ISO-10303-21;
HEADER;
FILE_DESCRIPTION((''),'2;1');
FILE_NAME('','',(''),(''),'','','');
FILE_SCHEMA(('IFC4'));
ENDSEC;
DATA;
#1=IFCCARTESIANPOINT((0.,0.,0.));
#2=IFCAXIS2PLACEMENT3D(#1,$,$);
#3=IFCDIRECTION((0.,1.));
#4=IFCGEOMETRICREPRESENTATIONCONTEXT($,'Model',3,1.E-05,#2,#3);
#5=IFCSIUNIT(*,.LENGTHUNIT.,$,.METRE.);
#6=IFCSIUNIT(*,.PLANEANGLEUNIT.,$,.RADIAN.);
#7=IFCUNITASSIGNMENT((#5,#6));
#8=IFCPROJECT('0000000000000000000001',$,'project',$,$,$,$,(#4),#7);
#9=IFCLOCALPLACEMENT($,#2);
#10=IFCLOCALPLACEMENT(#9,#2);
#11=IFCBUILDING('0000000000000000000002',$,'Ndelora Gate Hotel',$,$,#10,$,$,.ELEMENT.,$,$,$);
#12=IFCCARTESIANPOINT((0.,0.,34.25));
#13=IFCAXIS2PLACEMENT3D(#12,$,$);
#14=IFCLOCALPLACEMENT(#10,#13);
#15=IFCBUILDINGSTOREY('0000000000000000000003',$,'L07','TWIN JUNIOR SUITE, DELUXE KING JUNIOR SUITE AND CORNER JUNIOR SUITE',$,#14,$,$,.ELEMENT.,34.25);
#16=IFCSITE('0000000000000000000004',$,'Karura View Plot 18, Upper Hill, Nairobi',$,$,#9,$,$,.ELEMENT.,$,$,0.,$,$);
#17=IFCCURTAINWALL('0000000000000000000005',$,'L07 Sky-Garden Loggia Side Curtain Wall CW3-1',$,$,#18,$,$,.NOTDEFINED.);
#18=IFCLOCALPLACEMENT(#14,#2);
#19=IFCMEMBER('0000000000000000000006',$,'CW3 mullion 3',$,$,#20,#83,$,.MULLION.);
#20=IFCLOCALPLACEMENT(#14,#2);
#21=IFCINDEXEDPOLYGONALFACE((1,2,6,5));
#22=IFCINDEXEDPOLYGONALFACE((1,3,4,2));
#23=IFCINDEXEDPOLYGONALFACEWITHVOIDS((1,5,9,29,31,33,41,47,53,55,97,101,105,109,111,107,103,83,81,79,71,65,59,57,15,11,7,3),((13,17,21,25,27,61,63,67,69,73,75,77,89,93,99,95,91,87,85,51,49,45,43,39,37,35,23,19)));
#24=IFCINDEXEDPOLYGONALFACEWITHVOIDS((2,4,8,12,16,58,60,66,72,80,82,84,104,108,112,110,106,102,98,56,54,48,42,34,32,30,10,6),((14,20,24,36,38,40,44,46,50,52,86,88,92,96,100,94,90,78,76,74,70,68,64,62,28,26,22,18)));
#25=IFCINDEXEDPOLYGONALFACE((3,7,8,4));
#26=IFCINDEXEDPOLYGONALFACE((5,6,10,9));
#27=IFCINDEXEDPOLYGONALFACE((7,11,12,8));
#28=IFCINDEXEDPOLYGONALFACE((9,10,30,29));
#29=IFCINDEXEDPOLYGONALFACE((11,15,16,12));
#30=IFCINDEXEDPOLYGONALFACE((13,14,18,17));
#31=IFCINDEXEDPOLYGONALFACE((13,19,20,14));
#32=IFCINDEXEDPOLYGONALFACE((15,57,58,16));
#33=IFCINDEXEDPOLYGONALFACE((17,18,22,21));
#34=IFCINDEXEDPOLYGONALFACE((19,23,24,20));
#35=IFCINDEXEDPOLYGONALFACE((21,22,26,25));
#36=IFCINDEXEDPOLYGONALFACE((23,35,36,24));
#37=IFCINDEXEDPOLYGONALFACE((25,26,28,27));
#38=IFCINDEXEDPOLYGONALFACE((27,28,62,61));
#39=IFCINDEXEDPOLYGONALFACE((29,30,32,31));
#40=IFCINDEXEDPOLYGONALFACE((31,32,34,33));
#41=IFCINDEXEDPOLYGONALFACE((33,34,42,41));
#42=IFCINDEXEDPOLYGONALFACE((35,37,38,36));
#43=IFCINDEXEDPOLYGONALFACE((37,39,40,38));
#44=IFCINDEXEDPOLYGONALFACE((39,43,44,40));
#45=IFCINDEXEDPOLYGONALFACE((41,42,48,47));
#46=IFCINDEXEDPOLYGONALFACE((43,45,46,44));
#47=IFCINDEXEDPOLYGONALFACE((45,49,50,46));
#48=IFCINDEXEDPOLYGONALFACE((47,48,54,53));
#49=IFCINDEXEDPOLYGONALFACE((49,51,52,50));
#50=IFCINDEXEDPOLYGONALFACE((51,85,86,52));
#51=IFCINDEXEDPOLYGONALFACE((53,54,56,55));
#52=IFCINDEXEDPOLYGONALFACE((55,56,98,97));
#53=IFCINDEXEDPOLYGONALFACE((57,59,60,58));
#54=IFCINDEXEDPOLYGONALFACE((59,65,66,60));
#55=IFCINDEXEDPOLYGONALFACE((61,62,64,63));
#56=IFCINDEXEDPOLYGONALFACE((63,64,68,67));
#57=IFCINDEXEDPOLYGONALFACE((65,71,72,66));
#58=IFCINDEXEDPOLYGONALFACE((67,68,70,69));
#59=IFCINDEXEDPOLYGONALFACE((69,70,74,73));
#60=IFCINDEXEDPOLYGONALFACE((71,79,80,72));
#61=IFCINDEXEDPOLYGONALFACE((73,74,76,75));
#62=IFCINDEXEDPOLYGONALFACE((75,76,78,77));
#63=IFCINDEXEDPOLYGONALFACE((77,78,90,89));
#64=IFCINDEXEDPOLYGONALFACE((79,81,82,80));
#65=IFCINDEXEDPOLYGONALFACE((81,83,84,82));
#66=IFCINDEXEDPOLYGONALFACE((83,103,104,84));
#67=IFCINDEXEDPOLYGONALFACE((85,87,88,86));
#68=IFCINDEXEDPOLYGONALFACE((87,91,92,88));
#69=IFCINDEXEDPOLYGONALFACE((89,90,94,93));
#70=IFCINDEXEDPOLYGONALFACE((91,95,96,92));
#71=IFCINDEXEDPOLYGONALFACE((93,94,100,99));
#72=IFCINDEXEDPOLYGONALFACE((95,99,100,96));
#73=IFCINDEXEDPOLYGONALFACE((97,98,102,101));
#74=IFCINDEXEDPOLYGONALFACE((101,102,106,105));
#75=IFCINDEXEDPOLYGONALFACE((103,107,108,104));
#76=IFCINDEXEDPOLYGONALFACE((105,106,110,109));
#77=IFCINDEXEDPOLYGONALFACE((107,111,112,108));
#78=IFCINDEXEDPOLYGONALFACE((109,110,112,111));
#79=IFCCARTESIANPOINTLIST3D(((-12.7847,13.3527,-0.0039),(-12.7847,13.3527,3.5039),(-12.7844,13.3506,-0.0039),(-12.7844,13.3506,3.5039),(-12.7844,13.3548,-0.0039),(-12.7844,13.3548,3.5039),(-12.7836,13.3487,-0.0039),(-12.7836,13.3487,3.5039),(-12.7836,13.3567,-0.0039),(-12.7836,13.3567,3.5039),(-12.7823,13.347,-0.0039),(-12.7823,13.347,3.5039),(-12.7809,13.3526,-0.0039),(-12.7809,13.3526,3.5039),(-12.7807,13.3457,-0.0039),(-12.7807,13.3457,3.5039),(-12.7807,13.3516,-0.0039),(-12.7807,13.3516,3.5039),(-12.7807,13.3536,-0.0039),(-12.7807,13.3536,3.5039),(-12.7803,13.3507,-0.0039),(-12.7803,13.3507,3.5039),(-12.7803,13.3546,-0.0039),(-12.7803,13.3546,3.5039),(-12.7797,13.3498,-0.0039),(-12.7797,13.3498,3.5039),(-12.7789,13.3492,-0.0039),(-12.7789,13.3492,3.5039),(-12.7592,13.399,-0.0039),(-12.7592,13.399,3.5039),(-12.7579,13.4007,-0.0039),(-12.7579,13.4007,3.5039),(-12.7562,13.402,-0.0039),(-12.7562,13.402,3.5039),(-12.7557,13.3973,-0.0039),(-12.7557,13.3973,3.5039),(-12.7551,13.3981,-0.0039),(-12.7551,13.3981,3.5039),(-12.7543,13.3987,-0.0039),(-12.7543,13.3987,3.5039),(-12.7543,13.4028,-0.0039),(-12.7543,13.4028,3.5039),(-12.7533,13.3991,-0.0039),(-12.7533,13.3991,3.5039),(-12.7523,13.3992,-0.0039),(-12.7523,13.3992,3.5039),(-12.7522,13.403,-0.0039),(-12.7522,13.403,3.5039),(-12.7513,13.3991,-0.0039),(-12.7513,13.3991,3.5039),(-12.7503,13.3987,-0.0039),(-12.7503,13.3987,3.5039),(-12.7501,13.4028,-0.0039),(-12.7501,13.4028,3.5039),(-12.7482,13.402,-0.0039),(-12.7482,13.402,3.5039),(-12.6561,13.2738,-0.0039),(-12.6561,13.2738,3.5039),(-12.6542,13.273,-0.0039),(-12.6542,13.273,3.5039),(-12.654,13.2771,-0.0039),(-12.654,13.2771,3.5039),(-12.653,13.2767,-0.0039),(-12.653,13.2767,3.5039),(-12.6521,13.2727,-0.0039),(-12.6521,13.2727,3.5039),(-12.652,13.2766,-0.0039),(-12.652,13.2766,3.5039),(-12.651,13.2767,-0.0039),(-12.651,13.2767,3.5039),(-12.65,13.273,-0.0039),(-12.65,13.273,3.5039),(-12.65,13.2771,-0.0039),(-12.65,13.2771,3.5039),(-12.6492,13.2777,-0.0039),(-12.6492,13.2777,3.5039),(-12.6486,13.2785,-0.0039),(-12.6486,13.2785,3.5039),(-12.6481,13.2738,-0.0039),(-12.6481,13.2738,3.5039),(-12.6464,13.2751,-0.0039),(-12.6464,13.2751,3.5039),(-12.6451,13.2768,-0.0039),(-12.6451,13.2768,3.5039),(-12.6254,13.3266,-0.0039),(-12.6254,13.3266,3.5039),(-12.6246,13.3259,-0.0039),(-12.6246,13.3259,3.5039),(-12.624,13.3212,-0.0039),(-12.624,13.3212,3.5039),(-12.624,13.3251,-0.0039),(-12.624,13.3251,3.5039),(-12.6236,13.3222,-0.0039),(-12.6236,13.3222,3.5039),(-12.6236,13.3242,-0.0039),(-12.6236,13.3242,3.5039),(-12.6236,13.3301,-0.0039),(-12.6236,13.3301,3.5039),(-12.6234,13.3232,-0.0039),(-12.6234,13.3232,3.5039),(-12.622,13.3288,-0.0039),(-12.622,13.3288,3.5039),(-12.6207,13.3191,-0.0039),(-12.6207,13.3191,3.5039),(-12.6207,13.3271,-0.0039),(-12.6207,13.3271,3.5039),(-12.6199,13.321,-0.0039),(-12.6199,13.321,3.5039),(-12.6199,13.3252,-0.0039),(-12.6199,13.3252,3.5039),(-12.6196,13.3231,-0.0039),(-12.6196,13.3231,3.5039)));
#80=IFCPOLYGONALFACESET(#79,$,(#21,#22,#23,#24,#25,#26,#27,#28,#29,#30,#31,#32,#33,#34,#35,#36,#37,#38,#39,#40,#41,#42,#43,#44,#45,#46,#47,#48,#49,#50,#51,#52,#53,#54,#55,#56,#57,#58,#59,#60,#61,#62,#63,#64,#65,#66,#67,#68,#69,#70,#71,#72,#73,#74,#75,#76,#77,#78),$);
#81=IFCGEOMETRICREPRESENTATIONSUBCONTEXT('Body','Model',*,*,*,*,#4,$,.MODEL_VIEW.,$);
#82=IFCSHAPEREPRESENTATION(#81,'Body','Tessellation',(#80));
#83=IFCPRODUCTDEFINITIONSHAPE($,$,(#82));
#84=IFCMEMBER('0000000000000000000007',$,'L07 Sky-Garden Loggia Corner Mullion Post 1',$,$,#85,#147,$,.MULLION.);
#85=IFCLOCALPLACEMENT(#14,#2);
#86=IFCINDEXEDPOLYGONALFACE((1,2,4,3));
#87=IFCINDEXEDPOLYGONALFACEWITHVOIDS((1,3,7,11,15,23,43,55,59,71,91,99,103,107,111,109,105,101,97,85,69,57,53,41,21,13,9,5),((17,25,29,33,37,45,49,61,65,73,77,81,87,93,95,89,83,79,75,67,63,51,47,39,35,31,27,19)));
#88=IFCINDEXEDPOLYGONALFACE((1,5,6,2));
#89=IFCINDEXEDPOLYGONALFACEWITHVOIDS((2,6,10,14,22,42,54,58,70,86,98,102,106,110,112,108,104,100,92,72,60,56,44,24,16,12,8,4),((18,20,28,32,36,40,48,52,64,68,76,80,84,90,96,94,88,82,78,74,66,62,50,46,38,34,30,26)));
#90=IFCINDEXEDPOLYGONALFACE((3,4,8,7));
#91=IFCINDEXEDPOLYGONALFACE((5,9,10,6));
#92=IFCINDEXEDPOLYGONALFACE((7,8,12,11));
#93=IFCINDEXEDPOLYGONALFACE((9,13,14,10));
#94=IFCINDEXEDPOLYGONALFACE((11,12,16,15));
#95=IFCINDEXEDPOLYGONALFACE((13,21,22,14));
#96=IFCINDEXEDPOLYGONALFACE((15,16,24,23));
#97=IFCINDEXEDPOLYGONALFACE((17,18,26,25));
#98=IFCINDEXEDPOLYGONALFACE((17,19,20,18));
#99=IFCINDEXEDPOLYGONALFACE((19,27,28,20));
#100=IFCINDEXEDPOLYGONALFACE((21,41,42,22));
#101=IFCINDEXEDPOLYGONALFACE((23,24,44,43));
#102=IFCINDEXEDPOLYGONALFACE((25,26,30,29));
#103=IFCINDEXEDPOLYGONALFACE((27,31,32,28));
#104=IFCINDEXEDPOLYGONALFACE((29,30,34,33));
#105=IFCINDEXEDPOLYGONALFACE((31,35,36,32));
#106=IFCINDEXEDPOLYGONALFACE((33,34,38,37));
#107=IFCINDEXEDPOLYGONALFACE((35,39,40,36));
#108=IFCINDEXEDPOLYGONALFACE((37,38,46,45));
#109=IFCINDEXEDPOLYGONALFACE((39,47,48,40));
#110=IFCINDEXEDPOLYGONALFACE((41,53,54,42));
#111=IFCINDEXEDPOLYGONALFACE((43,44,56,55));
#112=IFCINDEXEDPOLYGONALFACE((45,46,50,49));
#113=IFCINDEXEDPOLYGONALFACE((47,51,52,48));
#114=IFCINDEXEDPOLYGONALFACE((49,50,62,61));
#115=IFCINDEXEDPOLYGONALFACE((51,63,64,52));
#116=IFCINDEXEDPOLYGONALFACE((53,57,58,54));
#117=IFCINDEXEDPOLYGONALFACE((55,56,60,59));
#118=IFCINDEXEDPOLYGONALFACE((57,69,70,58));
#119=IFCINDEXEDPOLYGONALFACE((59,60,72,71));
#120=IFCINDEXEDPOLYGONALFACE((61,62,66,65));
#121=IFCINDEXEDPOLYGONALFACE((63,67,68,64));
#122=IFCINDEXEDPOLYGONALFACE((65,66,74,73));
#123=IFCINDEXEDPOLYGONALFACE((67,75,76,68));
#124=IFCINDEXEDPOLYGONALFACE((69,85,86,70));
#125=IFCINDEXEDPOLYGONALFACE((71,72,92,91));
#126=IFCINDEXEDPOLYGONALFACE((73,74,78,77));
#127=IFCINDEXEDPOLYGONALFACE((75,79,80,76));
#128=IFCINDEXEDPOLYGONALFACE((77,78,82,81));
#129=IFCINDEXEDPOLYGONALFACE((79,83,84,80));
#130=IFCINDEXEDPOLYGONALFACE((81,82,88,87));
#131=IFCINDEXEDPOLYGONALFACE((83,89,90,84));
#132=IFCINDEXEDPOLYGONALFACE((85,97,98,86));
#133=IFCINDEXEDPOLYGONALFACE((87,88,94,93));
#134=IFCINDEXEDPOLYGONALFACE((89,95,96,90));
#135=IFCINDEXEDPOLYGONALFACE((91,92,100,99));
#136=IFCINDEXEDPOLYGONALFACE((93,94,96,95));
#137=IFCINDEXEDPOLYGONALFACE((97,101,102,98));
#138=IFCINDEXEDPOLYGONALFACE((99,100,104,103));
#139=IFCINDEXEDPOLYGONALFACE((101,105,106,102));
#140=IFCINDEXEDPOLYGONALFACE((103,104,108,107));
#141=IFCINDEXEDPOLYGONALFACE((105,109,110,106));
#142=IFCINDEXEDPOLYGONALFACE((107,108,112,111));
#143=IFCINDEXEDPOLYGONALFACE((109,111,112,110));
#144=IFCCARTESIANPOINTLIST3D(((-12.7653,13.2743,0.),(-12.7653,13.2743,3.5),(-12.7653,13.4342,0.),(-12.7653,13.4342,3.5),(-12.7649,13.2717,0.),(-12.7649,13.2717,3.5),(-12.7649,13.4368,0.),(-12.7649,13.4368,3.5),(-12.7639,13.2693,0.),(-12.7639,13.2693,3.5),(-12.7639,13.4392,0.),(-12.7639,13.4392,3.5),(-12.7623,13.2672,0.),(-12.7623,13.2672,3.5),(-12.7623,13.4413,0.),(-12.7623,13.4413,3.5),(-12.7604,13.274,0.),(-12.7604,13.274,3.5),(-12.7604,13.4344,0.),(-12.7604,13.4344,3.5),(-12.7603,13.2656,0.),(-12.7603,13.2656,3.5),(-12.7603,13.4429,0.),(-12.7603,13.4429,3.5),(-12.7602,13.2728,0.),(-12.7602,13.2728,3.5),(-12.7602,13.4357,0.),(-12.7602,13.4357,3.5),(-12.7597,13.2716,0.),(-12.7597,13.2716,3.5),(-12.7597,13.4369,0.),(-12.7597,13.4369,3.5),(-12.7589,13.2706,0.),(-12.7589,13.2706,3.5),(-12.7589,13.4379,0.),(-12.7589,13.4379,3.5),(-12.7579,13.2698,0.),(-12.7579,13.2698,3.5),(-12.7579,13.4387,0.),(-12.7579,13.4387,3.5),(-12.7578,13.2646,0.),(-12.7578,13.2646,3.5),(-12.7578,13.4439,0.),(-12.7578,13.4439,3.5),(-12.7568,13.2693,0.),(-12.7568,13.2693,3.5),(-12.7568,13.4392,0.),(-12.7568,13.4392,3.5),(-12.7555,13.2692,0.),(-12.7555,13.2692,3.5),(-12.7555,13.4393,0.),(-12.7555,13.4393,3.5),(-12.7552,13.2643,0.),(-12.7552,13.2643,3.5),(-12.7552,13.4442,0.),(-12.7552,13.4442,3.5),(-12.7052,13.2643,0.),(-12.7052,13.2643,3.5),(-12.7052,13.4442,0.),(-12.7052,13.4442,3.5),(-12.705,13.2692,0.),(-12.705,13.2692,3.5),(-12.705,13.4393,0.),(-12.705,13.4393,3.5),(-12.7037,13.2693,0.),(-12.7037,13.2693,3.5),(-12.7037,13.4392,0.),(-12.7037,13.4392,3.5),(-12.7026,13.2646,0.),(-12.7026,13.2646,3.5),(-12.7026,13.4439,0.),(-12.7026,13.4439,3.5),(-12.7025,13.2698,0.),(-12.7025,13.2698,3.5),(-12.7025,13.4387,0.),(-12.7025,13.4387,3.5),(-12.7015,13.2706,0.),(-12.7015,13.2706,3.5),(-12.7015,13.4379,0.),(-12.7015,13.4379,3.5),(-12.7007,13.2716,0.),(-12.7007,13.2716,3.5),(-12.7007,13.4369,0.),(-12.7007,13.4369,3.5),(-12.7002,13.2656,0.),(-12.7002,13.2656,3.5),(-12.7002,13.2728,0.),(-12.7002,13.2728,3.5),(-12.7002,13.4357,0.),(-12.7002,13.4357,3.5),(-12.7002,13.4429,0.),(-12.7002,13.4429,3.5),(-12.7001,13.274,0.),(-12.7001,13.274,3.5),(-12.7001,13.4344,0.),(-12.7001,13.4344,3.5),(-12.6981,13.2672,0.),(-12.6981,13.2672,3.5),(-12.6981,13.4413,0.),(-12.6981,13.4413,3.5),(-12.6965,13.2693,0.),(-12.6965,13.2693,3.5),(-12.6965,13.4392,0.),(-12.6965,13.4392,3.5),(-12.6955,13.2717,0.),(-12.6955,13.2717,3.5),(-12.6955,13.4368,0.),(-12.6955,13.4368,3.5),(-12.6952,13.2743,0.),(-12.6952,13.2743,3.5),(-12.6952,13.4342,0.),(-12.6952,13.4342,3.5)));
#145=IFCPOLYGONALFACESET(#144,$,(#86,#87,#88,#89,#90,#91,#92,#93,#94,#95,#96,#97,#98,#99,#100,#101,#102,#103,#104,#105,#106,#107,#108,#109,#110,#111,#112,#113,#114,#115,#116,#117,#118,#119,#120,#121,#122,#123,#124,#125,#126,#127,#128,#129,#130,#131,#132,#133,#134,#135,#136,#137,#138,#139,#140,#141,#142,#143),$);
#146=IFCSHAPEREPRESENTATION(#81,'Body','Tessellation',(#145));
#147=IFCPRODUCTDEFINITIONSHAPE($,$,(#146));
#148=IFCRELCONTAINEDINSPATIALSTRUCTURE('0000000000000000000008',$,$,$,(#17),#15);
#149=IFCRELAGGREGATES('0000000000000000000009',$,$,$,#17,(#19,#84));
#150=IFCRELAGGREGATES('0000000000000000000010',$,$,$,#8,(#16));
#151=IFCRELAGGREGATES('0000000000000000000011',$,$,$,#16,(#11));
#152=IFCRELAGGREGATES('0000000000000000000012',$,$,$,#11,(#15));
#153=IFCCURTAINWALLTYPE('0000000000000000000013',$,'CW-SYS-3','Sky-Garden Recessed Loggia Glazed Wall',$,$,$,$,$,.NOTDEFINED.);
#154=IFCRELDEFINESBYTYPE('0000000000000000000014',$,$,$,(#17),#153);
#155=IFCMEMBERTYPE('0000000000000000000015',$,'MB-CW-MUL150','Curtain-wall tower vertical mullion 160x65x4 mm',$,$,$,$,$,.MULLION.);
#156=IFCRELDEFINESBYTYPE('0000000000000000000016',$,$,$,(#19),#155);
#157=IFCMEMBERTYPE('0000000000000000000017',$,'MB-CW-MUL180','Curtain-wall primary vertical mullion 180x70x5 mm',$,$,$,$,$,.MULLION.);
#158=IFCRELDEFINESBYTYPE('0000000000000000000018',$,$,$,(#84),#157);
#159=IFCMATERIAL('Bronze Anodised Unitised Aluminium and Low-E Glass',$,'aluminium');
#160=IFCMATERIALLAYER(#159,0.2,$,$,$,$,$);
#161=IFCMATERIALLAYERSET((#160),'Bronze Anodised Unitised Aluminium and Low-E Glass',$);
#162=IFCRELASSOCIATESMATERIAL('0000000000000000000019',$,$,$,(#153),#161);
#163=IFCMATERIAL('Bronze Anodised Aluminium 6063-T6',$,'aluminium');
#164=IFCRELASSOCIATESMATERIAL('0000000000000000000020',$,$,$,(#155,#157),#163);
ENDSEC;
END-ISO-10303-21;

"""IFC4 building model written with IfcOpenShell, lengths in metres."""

from ifc_helpers import new_model, si_unit, direction, frame, origin, origin_2d, place, context, subcontext, project, spatial, hollow_rectangle, extrude, material, layer, layer_set, material_profile, profile_set, type_object, element, aggregate, save


model = new_model("IFC4")

# Units and contexts
model_context = context("Model", 3, precision=1e-05, world=origin(), true_north=direction((0.0, 1.0)))
body_context = subcontext(model_context, "Body", "Model", "MODEL_VIEW")
ifc_project = project(units=[si_unit("LENGTHUNIT", "METRE"), si_unit("PLANEANGLEUNIT", "RADIAN")], contexts=[model_context])

# Site, building, storey
site_placement = place(None, origin())
site = spatial("IfcSite", under=ifc_project, at=site_placement, Name="Karura View Plot 18, Upper Hill, Nairobi", CompositionType="ELEMENT", RefElevation=0.0)
building_placement = place(site_placement, origin())
building = spatial("IfcBuilding", under=site, at=building_placement, Name="Ndelora Gate Hotel", CompositionType="ELEMENT")
storey_placement = place(building_placement, frame((0.0, 0.0, 34.25)))
storey = spatial("IfcBuildingStorey", under=building, at=storey_placement, Name="L07", Description="TWIN JUNIOR SUITE, DELUXE KING JUNIOR SUITE AND CORNER JUNIOR SUITE", CompositionType="ELEMENT", Elevation=34.25)

# Curtain wall, members
ifc_material_1 = material(Name="Bronze Anodised Unitised Aluminium and Low-E Glass", Category="aluminium")
ifc_layer_1 = layer(ifc_material_1, 0.2)
ifc_layer_set_1 = layer_set([ifc_layer_1], Name="Bronze Anodised Unitised Aluminium and Low-E Glass")
curtain_wall_type = type_object("IfcCurtainWallType", Name="CW-SYS-3", Description="Sky-Garden Recessed Loggia Glazed Wall", PredefinedType="NOTDEFINED", material=ifc_layer_set_1)
curtain_wall_placement = place(storey_placement, origin())
curtain_wall = element("IfcCurtainWall", 1, at=curtain_wall_placement, inside=storey, type_object=curtain_wall_type, Name="L07 Sky-Garden Loggia Side Curtain Wall CW3-1", PredefinedType="NOTDEFINED")
ifc_material_2 = material(Name="Bronze Anodised Aluminium 6063-T6", Category="aluminium")
ifc_material_profile_1 = material_profile(ifc_material_2, hollow_rectangle(XDim=0.0649, YDim=0.1599, WallThickness=0.0039, InnerFilletRadius=0.0039, OuterFilletRadius=0.0081, at=origin_2d()), Name="ALU 160x65x4")
ifc_profile_set_1 = profile_set([ifc_material_profile_1], Name="Bronze Anodised Aluminium 6063-T6")
member_type_1 = type_object("IfcMemberType", Name="MB-CW-MUL150", Description="Curtain-wall tower vertical mullion 160x65x4 mm", PredefinedType="MULLION", material=ifc_profile_set_1)
member_1_placement = place(storey_placement, frame((-12.7021, 13.3379, -0.0039), z_axis=(0.0, 0.0, 1.0), x_axis=(-0.499991, -0.86603, 0.0)))
member_1 = element("IfcMember", 2, at=member_1_placement, type_object=member_type_1, Name="CW3 mullion 3", PredefinedType="MULLION", context=body_context, shape_type="SweptSolid", body=[
    extrude(hollow_rectangle(XDim=0.0649, YDim=0.1599, WallThickness=0.0039, InnerFilletRadius=0.0039, OuterFilletRadius=0.0081, at=origin_2d()), origin(), (0.0, 0.0, 1.0), 3.5078),
])
ifc_material_profile_2 = material_profile(ifc_material_2, hollow_rectangle(XDim=0.0701, YDim=0.1799, WallThickness=0.0049, InnerFilletRadius=0.0049, OuterFilletRadius=0.01, at=origin_2d()), Name="ALU 180x70x5")
ifc_profile_set_2 = profile_set([ifc_material_profile_2], Name="Bronze Anodised Aluminium 6063-T6")
member_type_2 = type_object("IfcMemberType", Name="MB-CW-MUL180", Description="Curtain-wall primary vertical mullion 180x70x5 mm", PredefinedType="MULLION", material=ifc_profile_set_2)
member_2_placement = place(storey_placement, frame((-12.7302, 13.3542, 0.0), z_axis=(0.0, 0.0, 1.0), x_axis=(1.0, 0.0, 0.0)))
member_2 = element("IfcMember", 3, at=member_2_placement, type_object=member_type_2, Name="L07 Sky-Garden Loggia Corner Mullion Post 1", PredefinedType="MULLION", context=body_context, shape_type="SweptSolid", body=[
    extrude(hollow_rectangle(XDim=0.0701, YDim=0.1799, WallThickness=0.0049, InnerFilletRadius=0.0049, OuterFilletRadius=0.01, at=origin_2d()), origin(), (0.0, 0.0, 1.0), 3.5),
])
aggregate(curtain_wall, [member_1, member_2])

save(model, "model.ifc")
